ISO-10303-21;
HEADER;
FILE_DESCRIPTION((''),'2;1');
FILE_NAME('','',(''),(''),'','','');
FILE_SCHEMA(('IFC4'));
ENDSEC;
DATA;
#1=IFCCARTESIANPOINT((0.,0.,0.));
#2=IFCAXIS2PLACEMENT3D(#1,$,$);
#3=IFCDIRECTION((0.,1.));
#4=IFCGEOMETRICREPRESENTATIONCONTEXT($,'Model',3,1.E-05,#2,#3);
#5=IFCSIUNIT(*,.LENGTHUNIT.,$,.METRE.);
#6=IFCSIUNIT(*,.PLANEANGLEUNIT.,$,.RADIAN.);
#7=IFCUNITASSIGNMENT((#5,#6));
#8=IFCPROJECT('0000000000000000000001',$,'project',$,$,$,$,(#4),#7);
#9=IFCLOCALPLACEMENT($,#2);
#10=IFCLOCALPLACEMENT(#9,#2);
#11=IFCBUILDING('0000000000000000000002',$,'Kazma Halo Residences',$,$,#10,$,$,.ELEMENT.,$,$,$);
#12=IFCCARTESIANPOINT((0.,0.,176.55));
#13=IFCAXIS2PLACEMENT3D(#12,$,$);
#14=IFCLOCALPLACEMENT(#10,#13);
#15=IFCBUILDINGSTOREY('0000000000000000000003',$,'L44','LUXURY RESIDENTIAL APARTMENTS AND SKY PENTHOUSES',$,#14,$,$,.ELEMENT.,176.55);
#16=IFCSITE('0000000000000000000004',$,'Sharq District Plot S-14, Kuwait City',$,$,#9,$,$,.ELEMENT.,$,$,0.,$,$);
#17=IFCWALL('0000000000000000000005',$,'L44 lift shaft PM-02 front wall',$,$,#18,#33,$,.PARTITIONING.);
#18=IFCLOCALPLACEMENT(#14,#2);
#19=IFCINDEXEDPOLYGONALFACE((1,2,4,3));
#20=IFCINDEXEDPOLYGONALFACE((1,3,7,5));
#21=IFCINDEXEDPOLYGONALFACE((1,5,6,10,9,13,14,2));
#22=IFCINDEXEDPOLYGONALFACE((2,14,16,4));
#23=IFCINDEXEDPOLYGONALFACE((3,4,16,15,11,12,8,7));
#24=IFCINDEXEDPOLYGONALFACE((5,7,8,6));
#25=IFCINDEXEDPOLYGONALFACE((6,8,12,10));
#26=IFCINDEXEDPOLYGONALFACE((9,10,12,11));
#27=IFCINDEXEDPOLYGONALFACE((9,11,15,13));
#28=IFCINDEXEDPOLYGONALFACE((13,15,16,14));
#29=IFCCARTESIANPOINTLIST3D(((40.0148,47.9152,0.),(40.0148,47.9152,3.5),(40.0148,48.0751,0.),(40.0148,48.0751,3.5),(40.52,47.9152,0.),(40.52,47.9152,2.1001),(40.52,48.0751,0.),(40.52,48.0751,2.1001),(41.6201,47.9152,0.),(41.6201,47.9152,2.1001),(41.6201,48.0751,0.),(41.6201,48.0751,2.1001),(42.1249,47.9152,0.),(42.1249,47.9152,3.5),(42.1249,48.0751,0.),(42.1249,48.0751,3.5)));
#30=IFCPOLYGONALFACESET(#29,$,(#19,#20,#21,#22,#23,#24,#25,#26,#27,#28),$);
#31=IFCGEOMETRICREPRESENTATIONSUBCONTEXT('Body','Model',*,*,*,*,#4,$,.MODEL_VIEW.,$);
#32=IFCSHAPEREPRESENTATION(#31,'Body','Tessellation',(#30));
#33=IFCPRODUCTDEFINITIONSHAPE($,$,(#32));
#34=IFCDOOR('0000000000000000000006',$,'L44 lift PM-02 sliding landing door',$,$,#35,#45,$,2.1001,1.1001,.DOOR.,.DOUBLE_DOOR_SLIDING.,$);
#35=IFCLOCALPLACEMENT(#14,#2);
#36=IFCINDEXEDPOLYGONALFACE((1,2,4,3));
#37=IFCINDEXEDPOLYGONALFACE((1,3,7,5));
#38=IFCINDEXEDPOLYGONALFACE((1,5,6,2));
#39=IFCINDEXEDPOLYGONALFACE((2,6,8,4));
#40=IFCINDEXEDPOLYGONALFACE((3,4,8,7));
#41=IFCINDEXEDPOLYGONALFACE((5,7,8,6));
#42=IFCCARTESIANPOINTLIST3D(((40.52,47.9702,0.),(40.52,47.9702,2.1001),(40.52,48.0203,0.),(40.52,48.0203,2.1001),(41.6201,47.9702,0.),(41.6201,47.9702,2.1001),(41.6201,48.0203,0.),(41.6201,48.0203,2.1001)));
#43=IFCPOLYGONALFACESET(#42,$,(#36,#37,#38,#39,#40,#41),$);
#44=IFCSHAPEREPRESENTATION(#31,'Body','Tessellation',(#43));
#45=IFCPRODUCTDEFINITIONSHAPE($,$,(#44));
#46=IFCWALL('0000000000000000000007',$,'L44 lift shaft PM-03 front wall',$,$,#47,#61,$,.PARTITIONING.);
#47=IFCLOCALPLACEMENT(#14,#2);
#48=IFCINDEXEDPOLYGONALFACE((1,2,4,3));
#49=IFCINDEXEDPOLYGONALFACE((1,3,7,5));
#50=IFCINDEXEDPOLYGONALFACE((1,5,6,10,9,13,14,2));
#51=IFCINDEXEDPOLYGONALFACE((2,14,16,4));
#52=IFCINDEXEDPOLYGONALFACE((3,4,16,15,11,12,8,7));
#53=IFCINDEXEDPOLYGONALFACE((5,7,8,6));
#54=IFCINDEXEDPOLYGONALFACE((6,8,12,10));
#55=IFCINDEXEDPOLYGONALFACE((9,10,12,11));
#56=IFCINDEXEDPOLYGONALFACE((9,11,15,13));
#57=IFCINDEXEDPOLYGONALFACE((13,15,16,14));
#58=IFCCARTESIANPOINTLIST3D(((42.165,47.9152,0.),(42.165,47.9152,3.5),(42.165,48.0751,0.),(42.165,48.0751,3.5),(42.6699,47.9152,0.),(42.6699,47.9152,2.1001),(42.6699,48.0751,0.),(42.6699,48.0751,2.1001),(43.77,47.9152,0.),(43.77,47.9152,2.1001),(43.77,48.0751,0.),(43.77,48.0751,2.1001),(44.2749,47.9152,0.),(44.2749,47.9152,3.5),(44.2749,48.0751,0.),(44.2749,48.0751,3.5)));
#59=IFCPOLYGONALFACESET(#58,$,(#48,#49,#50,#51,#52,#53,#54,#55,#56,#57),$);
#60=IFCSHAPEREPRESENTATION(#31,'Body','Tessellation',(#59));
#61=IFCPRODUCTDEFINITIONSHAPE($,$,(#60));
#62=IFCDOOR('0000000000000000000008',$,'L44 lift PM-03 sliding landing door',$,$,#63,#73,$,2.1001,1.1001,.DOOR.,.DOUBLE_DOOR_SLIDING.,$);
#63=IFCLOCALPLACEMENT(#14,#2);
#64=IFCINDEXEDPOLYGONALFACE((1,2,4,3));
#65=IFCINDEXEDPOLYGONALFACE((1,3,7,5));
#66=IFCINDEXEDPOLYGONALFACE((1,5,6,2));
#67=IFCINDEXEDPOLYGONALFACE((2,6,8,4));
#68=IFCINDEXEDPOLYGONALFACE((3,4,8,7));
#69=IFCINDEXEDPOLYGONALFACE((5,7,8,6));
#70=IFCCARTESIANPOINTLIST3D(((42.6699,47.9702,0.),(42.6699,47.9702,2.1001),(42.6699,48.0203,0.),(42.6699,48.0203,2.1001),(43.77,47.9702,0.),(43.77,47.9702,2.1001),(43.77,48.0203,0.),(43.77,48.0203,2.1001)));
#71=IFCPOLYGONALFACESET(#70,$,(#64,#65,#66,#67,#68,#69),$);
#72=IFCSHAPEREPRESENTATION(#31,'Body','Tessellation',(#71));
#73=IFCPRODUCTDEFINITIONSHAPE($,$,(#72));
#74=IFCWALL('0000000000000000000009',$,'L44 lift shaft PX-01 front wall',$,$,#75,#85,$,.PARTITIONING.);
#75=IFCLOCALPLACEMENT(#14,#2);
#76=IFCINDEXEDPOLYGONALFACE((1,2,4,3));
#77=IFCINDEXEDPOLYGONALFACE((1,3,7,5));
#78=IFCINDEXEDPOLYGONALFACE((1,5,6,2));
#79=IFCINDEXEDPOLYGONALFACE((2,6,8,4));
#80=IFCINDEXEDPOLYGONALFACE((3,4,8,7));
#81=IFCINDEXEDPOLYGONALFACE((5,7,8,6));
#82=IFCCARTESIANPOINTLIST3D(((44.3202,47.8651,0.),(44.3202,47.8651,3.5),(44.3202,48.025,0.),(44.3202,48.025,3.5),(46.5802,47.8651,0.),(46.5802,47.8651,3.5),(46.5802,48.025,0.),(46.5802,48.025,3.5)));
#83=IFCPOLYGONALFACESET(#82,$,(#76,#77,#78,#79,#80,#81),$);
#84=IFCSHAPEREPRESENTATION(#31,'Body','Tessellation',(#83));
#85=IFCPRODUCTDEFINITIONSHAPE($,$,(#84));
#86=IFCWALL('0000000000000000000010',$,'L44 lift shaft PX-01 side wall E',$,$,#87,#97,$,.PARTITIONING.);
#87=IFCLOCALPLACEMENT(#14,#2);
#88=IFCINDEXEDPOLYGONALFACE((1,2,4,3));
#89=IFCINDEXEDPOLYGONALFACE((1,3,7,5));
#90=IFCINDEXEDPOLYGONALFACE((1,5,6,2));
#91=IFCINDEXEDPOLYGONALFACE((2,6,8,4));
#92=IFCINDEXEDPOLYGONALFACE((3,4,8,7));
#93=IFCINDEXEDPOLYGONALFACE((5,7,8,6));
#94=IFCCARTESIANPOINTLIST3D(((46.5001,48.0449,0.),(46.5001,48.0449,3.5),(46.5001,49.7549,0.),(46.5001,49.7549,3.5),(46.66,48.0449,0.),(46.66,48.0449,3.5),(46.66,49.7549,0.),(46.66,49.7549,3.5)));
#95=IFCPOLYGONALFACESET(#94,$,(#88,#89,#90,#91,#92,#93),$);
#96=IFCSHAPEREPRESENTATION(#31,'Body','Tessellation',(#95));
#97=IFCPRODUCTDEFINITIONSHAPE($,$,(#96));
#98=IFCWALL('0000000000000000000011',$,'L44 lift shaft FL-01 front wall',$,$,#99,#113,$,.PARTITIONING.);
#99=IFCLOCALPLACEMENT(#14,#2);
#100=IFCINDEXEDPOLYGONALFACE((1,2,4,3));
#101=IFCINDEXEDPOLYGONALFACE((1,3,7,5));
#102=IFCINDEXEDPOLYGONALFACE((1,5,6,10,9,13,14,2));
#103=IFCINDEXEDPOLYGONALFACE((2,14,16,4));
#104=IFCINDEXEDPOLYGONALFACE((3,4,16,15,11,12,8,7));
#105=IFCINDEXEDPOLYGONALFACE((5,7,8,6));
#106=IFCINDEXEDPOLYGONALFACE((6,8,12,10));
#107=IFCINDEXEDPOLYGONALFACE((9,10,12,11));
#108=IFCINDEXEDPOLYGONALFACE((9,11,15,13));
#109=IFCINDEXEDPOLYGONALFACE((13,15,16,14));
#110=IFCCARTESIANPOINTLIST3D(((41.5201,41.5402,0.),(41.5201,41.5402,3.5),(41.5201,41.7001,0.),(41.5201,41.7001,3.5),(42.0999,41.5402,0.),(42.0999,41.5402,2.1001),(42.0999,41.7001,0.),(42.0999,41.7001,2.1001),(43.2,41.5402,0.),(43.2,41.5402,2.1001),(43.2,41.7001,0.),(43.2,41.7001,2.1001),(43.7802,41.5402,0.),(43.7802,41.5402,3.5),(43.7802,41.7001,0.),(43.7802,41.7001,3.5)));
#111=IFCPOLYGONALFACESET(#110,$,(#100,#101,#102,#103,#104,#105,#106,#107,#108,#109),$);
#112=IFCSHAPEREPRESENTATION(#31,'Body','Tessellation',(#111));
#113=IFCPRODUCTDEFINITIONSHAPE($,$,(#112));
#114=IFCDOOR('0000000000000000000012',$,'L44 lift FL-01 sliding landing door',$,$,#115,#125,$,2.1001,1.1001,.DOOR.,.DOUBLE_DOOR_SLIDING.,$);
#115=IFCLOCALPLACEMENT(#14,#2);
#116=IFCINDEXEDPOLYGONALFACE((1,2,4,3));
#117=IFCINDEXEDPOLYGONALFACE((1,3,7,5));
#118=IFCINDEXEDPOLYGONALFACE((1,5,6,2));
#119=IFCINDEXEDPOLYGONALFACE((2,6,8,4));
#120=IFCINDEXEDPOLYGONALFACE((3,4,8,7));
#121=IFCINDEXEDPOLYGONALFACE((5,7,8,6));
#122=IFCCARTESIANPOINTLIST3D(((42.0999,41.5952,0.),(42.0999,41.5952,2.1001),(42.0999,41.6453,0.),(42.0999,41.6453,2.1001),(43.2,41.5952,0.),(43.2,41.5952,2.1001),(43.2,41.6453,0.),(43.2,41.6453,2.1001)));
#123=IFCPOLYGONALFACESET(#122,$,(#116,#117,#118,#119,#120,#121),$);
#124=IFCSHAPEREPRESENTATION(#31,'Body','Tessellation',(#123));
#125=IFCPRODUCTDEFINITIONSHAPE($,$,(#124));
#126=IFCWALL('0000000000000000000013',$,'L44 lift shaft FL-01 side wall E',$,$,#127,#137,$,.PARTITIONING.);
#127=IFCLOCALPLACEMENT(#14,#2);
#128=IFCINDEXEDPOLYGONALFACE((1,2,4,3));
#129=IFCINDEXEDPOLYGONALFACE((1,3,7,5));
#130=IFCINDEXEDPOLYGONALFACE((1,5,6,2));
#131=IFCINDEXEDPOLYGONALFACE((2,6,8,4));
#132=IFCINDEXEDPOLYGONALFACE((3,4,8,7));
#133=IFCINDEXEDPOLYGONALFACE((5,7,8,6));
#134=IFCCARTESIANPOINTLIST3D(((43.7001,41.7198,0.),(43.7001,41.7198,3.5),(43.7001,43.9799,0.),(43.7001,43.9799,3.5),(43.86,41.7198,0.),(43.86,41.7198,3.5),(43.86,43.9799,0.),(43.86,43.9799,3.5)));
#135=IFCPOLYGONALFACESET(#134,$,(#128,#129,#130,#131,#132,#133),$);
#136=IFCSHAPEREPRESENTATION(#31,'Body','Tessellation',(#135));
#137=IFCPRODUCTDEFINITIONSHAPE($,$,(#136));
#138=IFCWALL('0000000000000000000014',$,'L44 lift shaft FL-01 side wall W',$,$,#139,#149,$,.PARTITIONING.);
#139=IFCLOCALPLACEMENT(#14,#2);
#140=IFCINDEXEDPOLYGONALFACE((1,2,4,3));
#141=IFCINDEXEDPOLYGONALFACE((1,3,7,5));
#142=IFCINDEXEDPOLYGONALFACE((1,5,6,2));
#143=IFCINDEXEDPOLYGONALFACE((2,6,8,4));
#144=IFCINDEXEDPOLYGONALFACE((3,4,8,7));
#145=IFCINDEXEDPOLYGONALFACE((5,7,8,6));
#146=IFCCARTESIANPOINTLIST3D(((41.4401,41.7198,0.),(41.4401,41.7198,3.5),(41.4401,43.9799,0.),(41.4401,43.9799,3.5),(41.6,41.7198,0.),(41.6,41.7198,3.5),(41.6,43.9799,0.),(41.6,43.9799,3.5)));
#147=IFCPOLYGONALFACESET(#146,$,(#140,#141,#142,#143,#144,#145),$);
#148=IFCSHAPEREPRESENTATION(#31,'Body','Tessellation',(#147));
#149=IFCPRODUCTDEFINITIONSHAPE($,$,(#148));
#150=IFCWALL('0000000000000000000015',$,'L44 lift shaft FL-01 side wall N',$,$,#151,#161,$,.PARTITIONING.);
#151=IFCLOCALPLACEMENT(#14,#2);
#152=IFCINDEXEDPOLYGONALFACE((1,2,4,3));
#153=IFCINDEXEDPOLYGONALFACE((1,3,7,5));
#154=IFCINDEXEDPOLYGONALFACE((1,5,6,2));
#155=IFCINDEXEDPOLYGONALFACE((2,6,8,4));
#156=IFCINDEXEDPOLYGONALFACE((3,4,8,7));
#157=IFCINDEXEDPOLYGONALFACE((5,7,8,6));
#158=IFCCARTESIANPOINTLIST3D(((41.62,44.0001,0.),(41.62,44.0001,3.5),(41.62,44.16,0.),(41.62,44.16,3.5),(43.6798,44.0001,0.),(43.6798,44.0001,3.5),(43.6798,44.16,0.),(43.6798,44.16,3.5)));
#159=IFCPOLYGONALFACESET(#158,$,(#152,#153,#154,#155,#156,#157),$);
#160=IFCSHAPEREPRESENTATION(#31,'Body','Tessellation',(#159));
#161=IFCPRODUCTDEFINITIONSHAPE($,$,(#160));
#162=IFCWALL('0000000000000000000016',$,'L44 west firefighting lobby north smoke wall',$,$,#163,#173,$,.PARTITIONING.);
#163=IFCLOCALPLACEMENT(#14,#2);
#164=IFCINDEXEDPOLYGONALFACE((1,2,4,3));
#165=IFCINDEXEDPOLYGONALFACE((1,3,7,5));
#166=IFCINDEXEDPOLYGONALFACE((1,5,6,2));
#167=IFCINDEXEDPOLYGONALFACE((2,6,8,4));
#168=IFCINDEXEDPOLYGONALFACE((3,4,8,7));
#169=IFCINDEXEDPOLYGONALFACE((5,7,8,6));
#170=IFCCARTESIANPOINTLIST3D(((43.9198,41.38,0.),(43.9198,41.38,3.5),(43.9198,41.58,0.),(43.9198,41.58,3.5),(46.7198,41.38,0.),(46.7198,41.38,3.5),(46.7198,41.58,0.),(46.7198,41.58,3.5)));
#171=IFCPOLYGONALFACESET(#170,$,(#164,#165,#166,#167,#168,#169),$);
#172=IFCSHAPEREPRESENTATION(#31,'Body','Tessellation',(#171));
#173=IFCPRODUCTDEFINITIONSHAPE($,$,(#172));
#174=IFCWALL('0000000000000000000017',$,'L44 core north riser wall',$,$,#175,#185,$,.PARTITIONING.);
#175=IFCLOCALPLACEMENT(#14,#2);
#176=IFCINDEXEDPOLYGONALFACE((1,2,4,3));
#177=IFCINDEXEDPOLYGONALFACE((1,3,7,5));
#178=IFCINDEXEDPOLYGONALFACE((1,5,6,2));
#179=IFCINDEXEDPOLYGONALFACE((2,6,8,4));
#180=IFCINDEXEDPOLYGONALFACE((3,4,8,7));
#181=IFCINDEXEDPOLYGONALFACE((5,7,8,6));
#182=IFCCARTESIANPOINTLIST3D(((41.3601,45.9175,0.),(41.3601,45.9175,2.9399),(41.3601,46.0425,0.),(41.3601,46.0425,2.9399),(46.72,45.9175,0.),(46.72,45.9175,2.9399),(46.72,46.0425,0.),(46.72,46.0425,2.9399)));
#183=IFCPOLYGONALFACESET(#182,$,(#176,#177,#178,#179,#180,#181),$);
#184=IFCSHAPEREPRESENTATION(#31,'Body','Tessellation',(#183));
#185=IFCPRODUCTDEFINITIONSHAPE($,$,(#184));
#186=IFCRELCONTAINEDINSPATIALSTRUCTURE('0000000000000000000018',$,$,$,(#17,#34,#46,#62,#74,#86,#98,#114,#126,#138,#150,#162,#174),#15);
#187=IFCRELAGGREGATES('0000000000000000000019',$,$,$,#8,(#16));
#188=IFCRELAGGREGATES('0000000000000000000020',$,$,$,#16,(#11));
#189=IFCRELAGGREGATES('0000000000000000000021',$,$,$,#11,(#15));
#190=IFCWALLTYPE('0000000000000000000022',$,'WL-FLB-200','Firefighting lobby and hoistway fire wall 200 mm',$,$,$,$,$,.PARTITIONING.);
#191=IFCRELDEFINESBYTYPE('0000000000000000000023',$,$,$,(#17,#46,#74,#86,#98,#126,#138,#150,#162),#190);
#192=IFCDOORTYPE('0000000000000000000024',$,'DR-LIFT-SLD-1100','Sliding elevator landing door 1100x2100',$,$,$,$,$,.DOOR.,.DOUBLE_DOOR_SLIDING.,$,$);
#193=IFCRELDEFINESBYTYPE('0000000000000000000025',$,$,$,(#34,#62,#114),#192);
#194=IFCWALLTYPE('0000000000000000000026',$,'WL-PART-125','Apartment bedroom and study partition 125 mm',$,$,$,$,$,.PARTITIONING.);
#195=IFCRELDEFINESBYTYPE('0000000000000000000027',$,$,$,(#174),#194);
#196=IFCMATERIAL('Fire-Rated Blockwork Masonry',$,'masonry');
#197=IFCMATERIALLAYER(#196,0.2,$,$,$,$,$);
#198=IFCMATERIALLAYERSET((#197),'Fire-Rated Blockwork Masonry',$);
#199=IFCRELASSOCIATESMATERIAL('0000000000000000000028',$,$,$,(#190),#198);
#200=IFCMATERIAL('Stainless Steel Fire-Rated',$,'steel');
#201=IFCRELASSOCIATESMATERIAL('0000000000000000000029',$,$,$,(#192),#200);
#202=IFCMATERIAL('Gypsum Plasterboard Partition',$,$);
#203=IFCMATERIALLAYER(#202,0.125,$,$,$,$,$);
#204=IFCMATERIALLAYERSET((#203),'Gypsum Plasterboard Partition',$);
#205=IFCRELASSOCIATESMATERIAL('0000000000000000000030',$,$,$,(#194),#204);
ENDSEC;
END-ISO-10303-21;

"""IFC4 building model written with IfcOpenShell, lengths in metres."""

from ifc_helpers import new_model, si_unit, direction, frame, frame_2d, origin, place, context, subcontext, project, spatial, rectangle, extrude, material, layer, layer_set, type_object, element, fill, save


model = new_model("IFC4")

# Units and contexts
model_context = context("Model", 3, precision=1e-05, world=origin(), true_north=direction((0.0, 1.0)))
body_context = subcontext(model_context, "Body", "Model", "MODEL_VIEW")
ifc_project = project(units=[si_unit("LENGTHUNIT", "METRE"), si_unit("PLANEANGLEUNIT", "RADIAN")], contexts=[model_context])

# Site, building, storey
site_placement = place(None, origin())
site = spatial("IfcSite", under=ifc_project, at=site_placement, Name="Sharq District Plot S-14, Kuwait City", CompositionType="ELEMENT", RefElevation=0.0)
building_placement = place(site_placement, origin())
building = spatial("IfcBuilding", under=site, at=building_placement, Name="Kazma Halo Residences", CompositionType="ELEMENT")
storey_placement = place(building_placement, frame((0.0, 0.0, 176.55)))
storey = spatial("IfcBuildingStorey", under=building, at=storey_placement, Name="L44", Description="LUXURY RESIDENTIAL APARTMENTS AND SKY PENTHOUSES", CompositionType="ELEMENT", Elevation=176.55)

# Walls, openings, doors
ifc_material_1 = material(Name="Fire-Rated Blockwork Masonry", Category="masonry")
ifc_layer_1 = layer(ifc_material_1, 0.2)
ifc_layer_set_1 = layer_set([ifc_layer_1], Name="Fire-Rated Blockwork Masonry")
wall_type_1 = type_object("IfcWallType", Name="WL-FLB-200", Description="Firefighting lobby and hoistway fire wall 200 mm", PredefinedType="PARTITIONING", material=ifc_layer_set_1)
ifc_material_2 = material(Name="Stainless Steel Fire-Rated", Category="steel")
door_type = type_object("IfcDoorType", Name="DR-LIFT-SLD-1100", Description="Sliding elevator landing door 1100x2100", OperationType="DOUBLE_DOOR_SLIDING", PredefinedType="DOOR", material=ifc_material_2)
wall_1_placement = place(storey_placement, frame((42.125, 47.9951, 0.0), z_axis=(0.0, 0.0, 1.0), x_axis=(-1.0, 0.0, 0.0)))
wall_1 = element("IfcWall", 1, at=wall_1_placement, inside=storey, type_object=wall_type_1, Name="L44 lift shaft PM-02 front wall", PredefinedType="PARTITIONING", context=body_context, shape_type="SweptSolid", body=[
    extrude(rectangle(XDim=2.1101, YDim=0.1599, at=frame_2d((1.0552, 0.0))), origin(), (0.0, 0.0, 1.0), 3.5),
])
opening_1_placement = place(wall_1_placement, frame((0.5049, 0.0, 0.0)))
opening_1 = element("IfcOpeningElement", 2, at=opening_1_placement, cuts=wall_1, PredefinedType="OPENING", context=body_context, shape_type="SweptSolid", body=[
    extrude(rectangle(XDim=1.1001, YDim=2.1001, at=frame_2d((0.55, 1.05))), frame((0.0, 0.0898, 0.0), z_axis=(0.0, -1.0, 0.0), x_axis=(1.0, 0.0, 0.0)), (0.0, 0.0, 1.0), 0.1799),
])
door_1_placement = place(opening_1_placement, origin())
door_1 = element("IfcDoor", 3, at=door_1_placement, inside=storey, type_object=door_type, Name="L44 lift PM-02 sliding landing door", OperationType="DOUBLE_DOOR_SLIDING", OverallHeight=2.1001, OverallWidth=1.1001, PredefinedType="DOOR", context=body_context, shape_type="SweptSolid", body=[
    extrude(rectangle(XDim=1.1001, YDim=2.1001, at=frame_2d((0.55, 1.05))), frame((0.0, 0.0249, 0.0), z_axis=(0.0, -1.0, 0.0), x_axis=(1.0, 0.0, 0.0)), (0.0, 0.0, 1.0), 0.05),
])
fill(opening_1, door_1)
wall_2_placement = place(storey_placement, frame((44.2749, 47.9951, 0.0), z_axis=(0.0, 0.0, 1.0), x_axis=(-1.0, 0.0, 0.0)))
wall_2 = element("IfcWall", 4, at=wall_2_placement, inside=storey, type_object=wall_type_1, Name="L44 lift shaft PM-03 front wall", PredefinedType="PARTITIONING", context=body_context, shape_type="SweptSolid", body=[
    extrude(rectangle(XDim=2.1099, YDim=0.1599, at=frame_2d((1.0549, 0.0))), origin(), (0.0, 0.0, 1.0), 3.5),
])
opening_2_placement = place(wall_2_placement, frame((0.5049, 0.0, 0.0)))
opening_2 = element("IfcOpeningElement", 5, at=opening_2_placement, cuts=wall_2, PredefinedType="OPENING", context=body_context, shape_type="SweptSolid", body=[
    extrude(rectangle(XDim=1.1001, YDim=2.1001, at=frame_2d((0.55, 1.05))), frame((0.0, 0.0898, 0.0), z_axis=(0.0, -1.0, 0.0), x_axis=(1.0, 0.0, 0.0)), (0.0, 0.0, 1.0), 0.1799),
])
door_2_placement = place(opening_2_placement, origin())
door_2 = element("IfcDoor", 6, at=door_2_placement, inside=storey, type_object=door_type, Name="L44 lift PM-03 sliding landing door", OperationType="DOUBLE_DOOR_SLIDING", OverallHeight=2.1001, OverallWidth=1.1001, PredefinedType="DOOR", context=body_context, shape_type="SweptSolid", body=[
    extrude(rectangle(XDim=1.1001, YDim=2.1001, at=frame_2d((0.55, 1.05))), frame((0.0, 0.0249, 0.0), z_axis=(0.0, -1.0, 0.0), x_axis=(1.0, 0.0, 0.0)), (0.0, 0.0, 1.0), 0.05),
])
fill(opening_2, door_2)

# Walls
wall_3_placement = place(storey_placement, frame((46.5801, 47.9451, 0.0), z_axis=(0.0, 0.0, 1.0), x_axis=(-1.0, 0.0, 0.0)))
element("IfcWall", 7, at=wall_3_placement, inside=storey, type_object=wall_type_1, Name="L44 lift shaft PX-01 front wall", PredefinedType="PARTITIONING", context=body_context, shape_type="SweptSolid", body=[
    extrude(rectangle(XDim=2.26, YDim=0.1599, at=frame_2d((1.1299, 0.0))), origin(), (0.0, 0.0, 1.0), 3.5),
])
wall_4_placement = place(storey_placement, frame((46.5801, 48.0449, 0.0), z_axis=(0.0, 0.0, 1.0), x_axis=(0.0, 1.0, 0.0)))
element("IfcWall", 8, at=wall_4_placement, inside=storey, type_object=wall_type_1, Name="L44 lift shaft PX-01 side wall E", PredefinedType="PARTITIONING", context=body_context, shape_type="SweptSolid", body=[
    extrude(rectangle(XDim=1.71, YDim=0.1599, at=frame_2d((0.855, 0.0))), origin(), (0.0, 0.0, 1.0), 3.5),
])

# Wall, opening, door
wall_5_placement = place(storey_placement, frame((43.78, 41.6201, 0.0), z_axis=(0.0, 0.0, 1.0), x_axis=(-1.0, 0.0, 0.0)))
wall_5 = element("IfcWall", 9, at=wall_5_placement, inside=storey, type_object=wall_type_1, Name="L44 lift shaft FL-01 front wall", PredefinedType="PARTITIONING", context=body_context, shape_type="SweptSolid", body=[
    extrude(rectangle(XDim=2.26, YDim=0.1599, at=frame_2d((1.1299, 0.0))), origin(), (0.0, 0.0, 1.0), 3.5),
])
opening_3_placement = place(wall_5_placement, frame((0.5801, 0.0, 0.0)))
opening_3 = element("IfcOpeningElement", 10, at=opening_3_placement, cuts=wall_5, PredefinedType="OPENING", context=body_context, shape_type="SweptSolid", body=[
    extrude(rectangle(XDim=1.1001, YDim=2.1001, at=frame_2d((0.55, 1.05))), frame((0.0, 0.0898, 0.0), z_axis=(0.0, -1.0, 0.0), x_axis=(1.0, 0.0, 0.0)), (0.0, 0.0, 1.0), 0.1799),
])
door_3_placement = place(opening_3_placement, origin())
door_3 = element("IfcDoor", 11, at=door_3_placement, inside=storey, type_object=door_type, Name="L44 lift FL-01 sliding landing door", OperationType="DOUBLE_DOOR_SLIDING", OverallHeight=2.1001, OverallWidth=1.1001, PredefinedType="DOOR", context=body_context, shape_type="SweptSolid", body=[
    extrude(rectangle(XDim=1.1001, YDim=2.1001, at=frame_2d((0.55, 1.05))), frame((0.0, 0.0249, 0.0), z_axis=(0.0, -1.0, 0.0), x_axis=(1.0, 0.0, 0.0)), (0.0, 0.0, 1.0), 0.05),
])
fill(opening_3, door_3)

# Walls
for number, where, z_axis, x_axis, name in (
    (12, (43.78, 41.72, 0.0), (0.0, 0.0, 1.0), (0.0, 1.0, 0.0), "L44 lift shaft FL-01 side wall E"),
    (13, (41.52, 41.72, 0.0), (0.0, 0.0, 1.0), (0.0, 1.0, 0.0), "L44 lift shaft FL-01 side wall W"),
):
    element("IfcWall", number, at=place(storey_placement, frame(where, z_axis=z_axis, x_axis=x_axis)), inside=storey, type_object=wall_type_1, Name=name, PredefinedType="PARTITIONING", context=body_context, shape_type="SweptSolid", body=[
        extrude(rectangle(XDim=2.26, YDim=0.1599, at=frame_2d((1.1299, 0.0))), origin(), (0.0, 0.0, 1.0), 3.5),
    ])
wall_6_placement = place(storey_placement, frame((41.6201, 44.0801, 0.0), z_axis=(0.0, 0.0, 1.0), x_axis=(1.0, 0.0, 0.0)))
element("IfcWall", 14, at=wall_6_placement, inside=storey, type_object=wall_type_1, Name="L44 lift shaft FL-01 side wall N", PredefinedType="PARTITIONING", context=body_context, shape_type="SweptSolid", body=[
    extrude(rectangle(XDim=2.0598, YDim=0.1599, at=frame_2d((1.0298, 0.0))), origin(), (0.0, 0.0, 1.0), 3.5),
])
wall_7_placement = place(storey_placement, frame((43.9199, 41.48, 0.0), z_axis=(0.0, 0.0, 1.0), x_axis=(1.0, 0.0, 0.0)))
element("IfcWall", 15, at=wall_7_placement, inside=storey, type_object=wall_type_1, Name="L44 west firefighting lobby north smoke wall", PredefinedType="PARTITIONING", context=body_context, shape_type="SweptSolid", body=[
    extrude(rectangle(XDim=2.8, YDim=0.2, at=frame_2d((1.3999, 0.0))), origin(), (0.0, 0.0, 1.0), 3.5),
])
ifc_material_3 = material(Name="Gypsum Plasterboard Partition")
ifc_layer_2 = layer(ifc_material_3, 0.125)
ifc_layer_set_2 = layer_set([ifc_layer_2], Name="Gypsum Plasterboard Partition")
wall_type_2 = type_object("IfcWallType", Name="WL-PART-125", Description="Apartment bedroom and study partition 125 mm", PredefinedType="PARTITIONING", material=ifc_layer_set_2)
wall_8_placement = place(storey_placement, frame((41.3601, 45.98, 0.0), z_axis=(0.0, 0.0, 1.0), x_axis=(1.0, 0.0, 0.0)))
element("IfcWall", 16, at=wall_8_placement, inside=storey, type_object=wall_type_2, Name="L44 core north riser wall", PredefinedType="PARTITIONING", context=body_context, shape_type="SweptSolid", body=[
    extrude(rectangle(XDim=5.3599, YDim=0.125, at=frame_2d((2.6799, 0.0))), origin(), (0.0, 0.0, 1.0), 2.9399),
])

save(model, "model.ifc")
